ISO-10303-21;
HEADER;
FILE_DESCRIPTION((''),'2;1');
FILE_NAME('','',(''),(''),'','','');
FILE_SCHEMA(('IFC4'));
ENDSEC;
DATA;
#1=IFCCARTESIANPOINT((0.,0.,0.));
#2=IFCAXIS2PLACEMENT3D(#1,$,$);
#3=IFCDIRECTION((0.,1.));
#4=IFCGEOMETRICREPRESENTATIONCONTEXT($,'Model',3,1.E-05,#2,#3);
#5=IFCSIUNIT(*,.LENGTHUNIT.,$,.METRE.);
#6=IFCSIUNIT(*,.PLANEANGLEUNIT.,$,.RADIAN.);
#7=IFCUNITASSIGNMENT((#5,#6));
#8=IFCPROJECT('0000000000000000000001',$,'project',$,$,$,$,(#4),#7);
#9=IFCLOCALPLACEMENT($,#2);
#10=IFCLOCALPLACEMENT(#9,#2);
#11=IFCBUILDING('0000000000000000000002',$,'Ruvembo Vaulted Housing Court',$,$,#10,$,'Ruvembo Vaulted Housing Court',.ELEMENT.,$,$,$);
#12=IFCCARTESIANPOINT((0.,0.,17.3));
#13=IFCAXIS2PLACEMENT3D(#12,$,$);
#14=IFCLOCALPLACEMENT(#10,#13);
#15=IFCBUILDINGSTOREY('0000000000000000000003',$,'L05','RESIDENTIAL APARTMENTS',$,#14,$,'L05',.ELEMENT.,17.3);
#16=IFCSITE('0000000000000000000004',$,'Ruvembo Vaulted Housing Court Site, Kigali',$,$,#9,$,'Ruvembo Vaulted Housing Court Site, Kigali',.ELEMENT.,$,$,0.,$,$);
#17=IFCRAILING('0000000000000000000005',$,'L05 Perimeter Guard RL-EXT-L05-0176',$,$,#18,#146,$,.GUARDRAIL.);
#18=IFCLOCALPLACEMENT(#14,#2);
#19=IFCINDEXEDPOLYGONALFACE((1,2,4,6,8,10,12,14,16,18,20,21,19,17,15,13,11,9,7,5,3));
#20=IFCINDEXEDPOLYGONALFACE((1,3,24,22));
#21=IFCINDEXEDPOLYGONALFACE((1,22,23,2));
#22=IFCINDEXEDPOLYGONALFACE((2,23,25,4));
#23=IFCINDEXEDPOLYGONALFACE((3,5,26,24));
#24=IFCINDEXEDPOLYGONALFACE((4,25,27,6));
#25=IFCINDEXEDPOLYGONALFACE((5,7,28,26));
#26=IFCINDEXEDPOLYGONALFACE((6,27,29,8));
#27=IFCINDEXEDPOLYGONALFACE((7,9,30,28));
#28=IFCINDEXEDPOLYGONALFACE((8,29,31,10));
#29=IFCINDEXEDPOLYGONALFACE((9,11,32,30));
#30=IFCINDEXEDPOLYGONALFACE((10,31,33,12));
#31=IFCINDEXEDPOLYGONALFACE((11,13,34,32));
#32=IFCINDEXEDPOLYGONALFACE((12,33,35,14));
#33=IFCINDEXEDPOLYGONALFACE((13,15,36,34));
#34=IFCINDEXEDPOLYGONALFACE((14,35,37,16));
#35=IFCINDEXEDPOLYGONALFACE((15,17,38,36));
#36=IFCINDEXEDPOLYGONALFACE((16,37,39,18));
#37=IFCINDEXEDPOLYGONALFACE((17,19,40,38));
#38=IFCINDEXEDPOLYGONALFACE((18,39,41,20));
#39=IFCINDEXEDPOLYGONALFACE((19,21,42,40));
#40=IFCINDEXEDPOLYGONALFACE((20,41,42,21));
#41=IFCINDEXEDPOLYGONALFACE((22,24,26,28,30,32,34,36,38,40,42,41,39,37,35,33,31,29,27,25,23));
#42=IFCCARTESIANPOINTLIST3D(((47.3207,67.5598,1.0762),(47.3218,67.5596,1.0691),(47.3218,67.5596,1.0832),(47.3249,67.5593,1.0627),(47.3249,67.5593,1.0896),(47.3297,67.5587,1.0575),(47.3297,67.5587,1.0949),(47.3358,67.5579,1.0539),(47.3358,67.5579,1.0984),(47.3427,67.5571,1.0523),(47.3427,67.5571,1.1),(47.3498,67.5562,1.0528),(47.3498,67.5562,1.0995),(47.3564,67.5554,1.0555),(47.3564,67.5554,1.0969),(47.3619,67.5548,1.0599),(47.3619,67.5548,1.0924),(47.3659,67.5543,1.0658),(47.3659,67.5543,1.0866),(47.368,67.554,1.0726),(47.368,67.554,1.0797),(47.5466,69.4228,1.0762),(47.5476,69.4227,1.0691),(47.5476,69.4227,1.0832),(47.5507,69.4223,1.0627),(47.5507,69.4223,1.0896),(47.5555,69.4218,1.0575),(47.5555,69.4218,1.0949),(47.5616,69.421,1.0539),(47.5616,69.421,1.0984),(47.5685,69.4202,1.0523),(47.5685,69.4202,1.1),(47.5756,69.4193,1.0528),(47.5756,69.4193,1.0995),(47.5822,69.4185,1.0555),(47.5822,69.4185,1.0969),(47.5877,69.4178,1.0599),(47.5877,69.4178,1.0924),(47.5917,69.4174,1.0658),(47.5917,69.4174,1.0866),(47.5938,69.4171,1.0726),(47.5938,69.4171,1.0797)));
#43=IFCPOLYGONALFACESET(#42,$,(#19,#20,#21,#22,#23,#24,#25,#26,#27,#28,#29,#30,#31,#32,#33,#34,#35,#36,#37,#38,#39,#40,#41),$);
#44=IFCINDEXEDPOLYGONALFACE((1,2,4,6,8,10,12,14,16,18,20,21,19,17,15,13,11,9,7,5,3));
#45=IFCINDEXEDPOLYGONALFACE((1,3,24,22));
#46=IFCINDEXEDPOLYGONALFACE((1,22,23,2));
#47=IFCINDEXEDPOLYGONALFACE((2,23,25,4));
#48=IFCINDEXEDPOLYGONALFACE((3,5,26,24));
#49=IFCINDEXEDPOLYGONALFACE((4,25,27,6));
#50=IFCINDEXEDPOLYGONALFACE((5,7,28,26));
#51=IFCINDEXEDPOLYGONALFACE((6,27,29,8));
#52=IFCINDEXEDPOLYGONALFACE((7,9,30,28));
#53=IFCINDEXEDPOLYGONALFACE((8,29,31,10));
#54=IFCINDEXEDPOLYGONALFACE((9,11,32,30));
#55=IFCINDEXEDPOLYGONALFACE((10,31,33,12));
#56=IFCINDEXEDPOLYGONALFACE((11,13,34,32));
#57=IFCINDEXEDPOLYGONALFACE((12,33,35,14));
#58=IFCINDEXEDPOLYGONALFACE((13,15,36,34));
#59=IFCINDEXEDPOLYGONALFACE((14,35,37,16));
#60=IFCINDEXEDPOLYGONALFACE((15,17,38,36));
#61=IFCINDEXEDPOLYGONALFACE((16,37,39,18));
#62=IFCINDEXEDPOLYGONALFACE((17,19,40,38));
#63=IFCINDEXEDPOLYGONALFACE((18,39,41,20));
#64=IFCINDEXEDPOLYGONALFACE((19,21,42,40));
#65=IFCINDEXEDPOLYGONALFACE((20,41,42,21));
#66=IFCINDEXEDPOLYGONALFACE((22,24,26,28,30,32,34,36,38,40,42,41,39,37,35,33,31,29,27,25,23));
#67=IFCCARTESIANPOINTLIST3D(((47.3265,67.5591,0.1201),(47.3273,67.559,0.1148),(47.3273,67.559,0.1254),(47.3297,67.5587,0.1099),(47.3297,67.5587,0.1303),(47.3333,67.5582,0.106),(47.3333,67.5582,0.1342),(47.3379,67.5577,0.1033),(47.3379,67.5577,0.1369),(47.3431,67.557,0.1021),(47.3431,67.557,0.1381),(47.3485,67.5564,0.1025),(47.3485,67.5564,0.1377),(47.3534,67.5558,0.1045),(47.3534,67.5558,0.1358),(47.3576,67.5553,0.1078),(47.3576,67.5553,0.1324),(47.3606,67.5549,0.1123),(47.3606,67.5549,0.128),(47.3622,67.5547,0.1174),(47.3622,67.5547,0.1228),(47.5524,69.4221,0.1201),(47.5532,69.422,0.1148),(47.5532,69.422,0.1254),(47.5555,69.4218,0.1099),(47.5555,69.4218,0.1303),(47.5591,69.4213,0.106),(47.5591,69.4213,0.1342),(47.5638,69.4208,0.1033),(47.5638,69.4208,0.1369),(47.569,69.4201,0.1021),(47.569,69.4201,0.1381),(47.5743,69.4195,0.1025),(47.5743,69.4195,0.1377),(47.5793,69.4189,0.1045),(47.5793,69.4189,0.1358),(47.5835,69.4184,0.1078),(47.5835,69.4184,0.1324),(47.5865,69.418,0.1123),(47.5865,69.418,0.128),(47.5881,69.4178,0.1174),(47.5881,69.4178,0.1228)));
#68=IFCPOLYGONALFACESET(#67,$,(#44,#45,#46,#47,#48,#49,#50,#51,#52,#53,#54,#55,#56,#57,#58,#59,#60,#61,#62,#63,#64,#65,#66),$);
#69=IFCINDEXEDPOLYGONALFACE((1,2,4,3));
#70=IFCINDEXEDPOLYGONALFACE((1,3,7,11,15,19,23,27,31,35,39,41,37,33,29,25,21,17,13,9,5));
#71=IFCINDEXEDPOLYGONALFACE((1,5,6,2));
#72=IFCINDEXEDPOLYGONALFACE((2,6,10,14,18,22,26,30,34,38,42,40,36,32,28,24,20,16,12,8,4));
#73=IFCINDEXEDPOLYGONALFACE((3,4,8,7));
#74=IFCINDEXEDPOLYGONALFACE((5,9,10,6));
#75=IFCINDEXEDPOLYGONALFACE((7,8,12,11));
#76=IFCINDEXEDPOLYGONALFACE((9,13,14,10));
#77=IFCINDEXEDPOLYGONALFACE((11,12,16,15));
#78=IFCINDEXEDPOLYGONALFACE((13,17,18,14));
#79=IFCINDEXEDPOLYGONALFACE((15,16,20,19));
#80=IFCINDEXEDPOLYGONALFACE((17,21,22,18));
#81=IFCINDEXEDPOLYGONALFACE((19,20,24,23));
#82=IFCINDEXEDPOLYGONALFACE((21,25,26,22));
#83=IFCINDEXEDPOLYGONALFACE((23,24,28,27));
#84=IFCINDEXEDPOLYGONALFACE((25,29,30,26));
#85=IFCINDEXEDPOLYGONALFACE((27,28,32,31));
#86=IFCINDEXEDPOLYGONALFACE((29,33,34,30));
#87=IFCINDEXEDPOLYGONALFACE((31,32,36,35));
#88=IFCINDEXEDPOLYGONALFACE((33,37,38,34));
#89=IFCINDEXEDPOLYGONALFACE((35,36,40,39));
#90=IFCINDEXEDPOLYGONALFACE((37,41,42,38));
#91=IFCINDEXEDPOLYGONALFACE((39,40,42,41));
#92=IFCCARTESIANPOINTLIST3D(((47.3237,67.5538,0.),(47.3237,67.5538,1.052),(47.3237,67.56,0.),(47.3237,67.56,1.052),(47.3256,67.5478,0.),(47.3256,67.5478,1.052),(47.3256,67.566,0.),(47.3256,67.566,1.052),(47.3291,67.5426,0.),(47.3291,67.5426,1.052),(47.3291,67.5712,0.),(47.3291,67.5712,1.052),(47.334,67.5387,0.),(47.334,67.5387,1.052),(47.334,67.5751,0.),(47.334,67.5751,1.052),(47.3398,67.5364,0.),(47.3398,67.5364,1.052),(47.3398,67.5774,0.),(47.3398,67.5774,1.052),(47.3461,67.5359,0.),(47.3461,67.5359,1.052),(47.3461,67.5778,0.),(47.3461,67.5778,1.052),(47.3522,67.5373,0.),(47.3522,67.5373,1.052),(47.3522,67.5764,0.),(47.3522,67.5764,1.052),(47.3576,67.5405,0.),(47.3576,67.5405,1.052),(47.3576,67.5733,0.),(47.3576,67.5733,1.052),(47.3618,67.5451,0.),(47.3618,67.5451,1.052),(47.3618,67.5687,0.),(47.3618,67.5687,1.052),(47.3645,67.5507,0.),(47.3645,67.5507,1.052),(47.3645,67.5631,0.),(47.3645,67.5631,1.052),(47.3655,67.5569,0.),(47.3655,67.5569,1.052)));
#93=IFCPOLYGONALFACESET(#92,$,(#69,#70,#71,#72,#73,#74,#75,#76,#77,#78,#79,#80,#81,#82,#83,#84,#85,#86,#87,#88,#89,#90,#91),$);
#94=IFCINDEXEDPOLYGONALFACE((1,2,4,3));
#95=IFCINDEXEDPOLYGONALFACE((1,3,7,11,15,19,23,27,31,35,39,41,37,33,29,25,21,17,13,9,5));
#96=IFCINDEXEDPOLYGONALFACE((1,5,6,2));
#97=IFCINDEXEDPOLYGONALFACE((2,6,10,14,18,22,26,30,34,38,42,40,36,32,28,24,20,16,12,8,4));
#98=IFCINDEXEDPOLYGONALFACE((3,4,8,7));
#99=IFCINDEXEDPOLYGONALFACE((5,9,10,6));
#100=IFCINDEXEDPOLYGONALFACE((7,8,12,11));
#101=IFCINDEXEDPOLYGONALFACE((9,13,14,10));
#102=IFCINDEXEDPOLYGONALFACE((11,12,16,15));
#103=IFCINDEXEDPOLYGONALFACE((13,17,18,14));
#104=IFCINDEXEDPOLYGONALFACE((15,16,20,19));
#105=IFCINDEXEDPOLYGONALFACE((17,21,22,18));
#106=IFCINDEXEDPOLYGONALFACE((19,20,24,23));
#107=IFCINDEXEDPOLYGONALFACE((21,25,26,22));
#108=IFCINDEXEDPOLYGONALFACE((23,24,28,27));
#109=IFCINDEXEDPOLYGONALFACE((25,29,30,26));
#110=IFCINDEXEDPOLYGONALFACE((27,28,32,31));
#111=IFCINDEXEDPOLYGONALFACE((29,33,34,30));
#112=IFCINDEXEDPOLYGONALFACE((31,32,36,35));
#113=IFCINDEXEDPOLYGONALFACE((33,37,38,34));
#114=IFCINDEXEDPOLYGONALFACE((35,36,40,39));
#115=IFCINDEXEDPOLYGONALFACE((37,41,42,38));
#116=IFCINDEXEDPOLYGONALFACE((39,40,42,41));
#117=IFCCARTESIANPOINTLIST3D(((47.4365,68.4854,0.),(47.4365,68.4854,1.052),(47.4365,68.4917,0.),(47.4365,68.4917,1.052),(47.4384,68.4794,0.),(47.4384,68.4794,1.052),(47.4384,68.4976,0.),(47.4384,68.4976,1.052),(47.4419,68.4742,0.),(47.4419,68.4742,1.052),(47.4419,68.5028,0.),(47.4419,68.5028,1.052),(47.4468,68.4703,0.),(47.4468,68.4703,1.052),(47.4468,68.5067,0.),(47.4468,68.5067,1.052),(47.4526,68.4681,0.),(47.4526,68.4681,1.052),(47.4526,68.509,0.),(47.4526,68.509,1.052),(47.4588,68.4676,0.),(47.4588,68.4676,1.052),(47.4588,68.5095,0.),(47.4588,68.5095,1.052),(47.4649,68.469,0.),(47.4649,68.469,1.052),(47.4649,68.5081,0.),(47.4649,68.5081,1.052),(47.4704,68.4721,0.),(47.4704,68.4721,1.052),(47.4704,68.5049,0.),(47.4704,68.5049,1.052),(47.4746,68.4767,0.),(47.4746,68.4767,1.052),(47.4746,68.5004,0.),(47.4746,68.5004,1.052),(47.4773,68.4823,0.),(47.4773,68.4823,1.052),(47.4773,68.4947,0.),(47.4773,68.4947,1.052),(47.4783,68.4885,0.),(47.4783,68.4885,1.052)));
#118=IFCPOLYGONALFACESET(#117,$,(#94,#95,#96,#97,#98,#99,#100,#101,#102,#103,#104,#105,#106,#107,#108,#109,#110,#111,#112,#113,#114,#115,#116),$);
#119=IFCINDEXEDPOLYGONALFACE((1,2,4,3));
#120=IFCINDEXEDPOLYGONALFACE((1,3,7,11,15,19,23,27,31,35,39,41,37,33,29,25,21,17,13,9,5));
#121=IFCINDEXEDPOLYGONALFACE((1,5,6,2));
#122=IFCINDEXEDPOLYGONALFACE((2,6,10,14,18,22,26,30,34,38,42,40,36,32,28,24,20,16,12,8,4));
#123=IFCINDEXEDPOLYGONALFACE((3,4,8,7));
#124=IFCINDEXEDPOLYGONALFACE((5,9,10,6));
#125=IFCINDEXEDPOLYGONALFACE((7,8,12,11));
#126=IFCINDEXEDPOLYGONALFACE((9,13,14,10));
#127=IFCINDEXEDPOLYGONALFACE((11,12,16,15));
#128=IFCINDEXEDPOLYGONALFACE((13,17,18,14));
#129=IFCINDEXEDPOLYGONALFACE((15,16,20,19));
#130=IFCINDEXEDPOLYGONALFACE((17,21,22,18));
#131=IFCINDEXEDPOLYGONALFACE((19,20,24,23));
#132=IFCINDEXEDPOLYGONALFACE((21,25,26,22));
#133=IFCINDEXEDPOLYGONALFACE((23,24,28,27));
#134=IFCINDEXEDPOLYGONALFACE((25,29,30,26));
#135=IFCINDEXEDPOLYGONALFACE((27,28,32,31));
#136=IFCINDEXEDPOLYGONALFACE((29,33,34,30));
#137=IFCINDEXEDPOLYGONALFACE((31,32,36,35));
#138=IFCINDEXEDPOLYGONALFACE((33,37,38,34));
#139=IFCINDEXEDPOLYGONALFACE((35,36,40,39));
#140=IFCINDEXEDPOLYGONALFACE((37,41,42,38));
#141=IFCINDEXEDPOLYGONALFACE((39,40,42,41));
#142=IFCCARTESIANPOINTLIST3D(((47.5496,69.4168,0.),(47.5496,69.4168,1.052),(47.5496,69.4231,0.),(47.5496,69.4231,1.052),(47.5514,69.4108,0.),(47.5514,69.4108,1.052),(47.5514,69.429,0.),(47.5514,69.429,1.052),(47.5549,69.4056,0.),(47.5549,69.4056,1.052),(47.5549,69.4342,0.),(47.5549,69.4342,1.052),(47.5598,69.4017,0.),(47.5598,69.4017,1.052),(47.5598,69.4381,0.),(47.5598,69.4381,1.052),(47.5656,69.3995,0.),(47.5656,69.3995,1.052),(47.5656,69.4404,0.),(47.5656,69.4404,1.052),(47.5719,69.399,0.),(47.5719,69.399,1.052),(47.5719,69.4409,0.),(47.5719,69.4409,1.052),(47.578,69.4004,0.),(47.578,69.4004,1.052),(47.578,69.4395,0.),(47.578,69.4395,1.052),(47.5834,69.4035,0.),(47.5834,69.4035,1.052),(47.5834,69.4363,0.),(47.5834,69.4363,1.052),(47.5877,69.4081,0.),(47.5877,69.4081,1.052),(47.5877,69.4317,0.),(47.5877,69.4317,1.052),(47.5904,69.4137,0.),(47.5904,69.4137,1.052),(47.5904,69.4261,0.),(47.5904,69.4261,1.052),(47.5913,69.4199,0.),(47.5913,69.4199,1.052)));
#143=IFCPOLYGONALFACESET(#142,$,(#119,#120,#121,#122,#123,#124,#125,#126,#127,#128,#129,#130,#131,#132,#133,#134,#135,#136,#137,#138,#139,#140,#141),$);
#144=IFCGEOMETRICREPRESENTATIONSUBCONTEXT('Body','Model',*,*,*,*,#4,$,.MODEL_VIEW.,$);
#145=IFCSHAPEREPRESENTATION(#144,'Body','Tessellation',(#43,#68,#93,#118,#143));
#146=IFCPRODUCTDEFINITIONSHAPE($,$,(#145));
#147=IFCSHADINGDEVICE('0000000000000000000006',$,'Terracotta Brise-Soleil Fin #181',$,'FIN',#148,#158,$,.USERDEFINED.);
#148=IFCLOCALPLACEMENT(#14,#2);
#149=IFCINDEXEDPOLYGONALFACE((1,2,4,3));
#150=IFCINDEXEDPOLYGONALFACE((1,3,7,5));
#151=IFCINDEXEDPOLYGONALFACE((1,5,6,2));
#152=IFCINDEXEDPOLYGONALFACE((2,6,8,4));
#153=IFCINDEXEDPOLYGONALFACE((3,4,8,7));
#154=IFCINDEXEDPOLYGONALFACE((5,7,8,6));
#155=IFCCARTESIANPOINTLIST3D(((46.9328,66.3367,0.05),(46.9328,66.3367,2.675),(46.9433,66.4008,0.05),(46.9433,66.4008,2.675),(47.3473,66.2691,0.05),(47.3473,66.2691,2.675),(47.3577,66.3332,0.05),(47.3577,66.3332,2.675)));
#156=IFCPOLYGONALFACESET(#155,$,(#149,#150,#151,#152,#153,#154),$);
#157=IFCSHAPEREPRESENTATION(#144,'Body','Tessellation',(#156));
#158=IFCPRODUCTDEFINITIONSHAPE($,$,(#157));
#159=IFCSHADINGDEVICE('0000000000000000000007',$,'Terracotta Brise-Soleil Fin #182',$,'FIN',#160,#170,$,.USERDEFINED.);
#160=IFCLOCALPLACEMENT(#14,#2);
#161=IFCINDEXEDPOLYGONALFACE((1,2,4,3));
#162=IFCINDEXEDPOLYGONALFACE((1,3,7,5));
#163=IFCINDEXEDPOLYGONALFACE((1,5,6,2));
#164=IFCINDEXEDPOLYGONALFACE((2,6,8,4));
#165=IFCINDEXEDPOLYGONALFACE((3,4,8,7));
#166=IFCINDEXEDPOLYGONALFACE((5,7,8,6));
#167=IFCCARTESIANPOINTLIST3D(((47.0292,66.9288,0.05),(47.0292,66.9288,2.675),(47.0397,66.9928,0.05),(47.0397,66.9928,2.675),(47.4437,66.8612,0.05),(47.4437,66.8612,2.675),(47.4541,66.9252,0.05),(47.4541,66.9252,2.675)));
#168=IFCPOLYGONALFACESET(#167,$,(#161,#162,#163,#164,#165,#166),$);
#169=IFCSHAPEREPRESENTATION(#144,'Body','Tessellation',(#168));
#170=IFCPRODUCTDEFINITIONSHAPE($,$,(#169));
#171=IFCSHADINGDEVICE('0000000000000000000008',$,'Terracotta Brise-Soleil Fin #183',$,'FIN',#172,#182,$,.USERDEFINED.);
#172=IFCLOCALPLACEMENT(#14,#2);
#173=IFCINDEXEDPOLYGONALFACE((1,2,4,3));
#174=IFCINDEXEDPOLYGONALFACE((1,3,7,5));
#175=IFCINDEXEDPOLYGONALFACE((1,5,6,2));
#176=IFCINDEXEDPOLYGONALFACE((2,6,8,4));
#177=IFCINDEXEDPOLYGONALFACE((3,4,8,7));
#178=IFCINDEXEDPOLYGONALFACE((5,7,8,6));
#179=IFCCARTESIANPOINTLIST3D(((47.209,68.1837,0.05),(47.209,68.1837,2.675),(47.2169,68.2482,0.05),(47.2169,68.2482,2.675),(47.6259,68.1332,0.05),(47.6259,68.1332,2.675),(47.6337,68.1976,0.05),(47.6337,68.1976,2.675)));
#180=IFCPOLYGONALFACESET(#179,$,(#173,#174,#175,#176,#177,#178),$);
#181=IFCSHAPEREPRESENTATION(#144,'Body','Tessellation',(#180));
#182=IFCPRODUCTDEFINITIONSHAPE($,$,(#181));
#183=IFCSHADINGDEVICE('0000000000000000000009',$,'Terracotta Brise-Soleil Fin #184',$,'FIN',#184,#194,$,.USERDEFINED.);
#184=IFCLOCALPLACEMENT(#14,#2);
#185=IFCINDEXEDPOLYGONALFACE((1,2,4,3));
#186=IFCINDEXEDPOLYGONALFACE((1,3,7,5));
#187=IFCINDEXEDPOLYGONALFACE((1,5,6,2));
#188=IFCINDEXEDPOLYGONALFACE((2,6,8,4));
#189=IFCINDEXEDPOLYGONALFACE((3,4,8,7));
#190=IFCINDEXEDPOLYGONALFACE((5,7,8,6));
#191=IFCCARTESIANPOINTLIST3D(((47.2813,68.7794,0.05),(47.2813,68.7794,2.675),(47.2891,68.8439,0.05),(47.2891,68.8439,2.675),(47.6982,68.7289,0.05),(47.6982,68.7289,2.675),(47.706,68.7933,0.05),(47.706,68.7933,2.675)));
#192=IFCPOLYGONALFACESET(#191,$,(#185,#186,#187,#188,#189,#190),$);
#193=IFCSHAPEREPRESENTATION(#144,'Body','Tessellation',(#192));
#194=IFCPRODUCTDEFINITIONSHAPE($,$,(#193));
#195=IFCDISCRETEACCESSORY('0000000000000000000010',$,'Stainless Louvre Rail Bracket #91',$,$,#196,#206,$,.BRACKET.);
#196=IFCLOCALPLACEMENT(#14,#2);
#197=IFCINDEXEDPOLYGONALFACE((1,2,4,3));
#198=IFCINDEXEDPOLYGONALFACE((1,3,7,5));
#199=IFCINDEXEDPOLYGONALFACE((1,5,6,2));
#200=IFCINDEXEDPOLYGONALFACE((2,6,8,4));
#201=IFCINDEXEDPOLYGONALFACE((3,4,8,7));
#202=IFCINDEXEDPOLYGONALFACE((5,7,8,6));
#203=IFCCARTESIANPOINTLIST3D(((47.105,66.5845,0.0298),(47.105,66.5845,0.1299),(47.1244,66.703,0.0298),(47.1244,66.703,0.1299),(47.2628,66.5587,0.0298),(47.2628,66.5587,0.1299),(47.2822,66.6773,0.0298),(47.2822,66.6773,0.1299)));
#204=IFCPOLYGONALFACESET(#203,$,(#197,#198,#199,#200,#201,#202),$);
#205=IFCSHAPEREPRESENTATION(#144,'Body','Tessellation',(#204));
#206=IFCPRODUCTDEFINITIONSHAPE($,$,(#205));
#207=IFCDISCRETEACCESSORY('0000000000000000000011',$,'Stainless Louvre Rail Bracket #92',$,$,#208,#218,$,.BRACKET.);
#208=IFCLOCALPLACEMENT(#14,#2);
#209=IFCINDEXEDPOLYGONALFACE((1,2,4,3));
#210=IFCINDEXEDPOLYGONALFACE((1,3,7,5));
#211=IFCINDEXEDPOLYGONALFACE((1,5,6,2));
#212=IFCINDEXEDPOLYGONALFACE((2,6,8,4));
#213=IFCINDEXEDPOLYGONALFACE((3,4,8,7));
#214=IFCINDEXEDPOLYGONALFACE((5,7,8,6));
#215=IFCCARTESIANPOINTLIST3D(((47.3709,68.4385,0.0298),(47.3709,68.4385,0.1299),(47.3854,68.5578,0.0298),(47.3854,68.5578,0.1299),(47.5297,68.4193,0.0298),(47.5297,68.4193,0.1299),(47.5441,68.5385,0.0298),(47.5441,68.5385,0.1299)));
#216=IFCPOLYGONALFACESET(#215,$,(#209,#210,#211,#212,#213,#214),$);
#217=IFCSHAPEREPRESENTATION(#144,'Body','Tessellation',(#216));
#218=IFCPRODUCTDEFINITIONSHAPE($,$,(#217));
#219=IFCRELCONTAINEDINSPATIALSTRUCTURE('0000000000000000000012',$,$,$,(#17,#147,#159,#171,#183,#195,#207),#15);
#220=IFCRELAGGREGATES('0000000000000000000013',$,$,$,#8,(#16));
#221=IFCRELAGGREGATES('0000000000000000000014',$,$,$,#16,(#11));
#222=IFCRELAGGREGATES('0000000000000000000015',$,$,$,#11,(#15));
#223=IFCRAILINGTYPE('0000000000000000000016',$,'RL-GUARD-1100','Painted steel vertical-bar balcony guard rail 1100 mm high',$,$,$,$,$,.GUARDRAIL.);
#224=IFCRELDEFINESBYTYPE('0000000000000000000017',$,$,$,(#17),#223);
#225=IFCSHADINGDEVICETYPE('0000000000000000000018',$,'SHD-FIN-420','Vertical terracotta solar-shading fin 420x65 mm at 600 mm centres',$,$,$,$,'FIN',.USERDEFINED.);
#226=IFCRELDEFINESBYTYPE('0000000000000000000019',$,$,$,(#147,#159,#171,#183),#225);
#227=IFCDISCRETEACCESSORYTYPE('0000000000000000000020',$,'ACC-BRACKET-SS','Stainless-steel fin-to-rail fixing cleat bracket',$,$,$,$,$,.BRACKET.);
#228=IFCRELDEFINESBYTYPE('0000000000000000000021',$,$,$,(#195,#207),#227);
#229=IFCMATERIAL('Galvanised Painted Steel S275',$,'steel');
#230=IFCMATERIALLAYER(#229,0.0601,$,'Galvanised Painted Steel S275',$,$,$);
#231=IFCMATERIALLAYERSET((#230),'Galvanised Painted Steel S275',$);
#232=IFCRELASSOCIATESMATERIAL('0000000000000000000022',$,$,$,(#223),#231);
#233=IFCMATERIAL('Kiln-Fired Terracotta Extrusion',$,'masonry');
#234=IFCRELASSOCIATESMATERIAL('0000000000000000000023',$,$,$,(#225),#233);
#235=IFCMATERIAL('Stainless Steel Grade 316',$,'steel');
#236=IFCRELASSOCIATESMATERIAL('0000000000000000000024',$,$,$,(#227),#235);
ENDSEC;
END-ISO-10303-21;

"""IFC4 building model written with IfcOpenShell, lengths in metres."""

from ifc_helpers import new_model, si_unit, direction, frame, origin, origin_2d, place, context, subcontext, project, spatial, rectangle, circle, extrude, material, layer, layer_set, type_object, element, save


model = new_model("IFC4")

# Units and contexts
model_context = context("Model", 3, precision=1e-05, world=origin(), true_north=direction((0.0, 1.0)))
body_context = subcontext(model_context, "Body", "Model", "MODEL_VIEW")
ifc_project = project(units=[si_unit("LENGTHUNIT", "METRE"), si_unit("PLANEANGLEUNIT", "RADIAN")], contexts=[model_context])

# Site, building, storey
site_placement = place(None, origin())
site = spatial("IfcSite", under=ifc_project, at=site_placement, Name="Ruvembo Vaulted Housing Court Site, Kigali", LongName="Ruvembo Vaulted Housing Court Site, Kigali", CompositionType="ELEMENT", RefElevation=0.0)
building_placement = place(site_placement, origin())
building = spatial("IfcBuilding", under=site, at=building_placement, Name="Ruvembo Vaulted Housing Court", LongName="Ruvembo Vaulted Housing Court", CompositionType="ELEMENT")
storey_placement = place(building_placement, frame((0.0, 0.0, 17.3)))
storey = spatial("IfcBuildingStorey", under=building, at=storey_placement, Name="L05", Description="RESIDENTIAL APARTMENTS", LongName="L05", CompositionType="ELEMENT", Elevation=17.3)

# Railing
ifc_material_1 = material(Name="Galvanised Painted Steel S275", Category="steel")
ifc_layer_1 = layer(ifc_material_1, 0.0601, Name="Galvanised Painted Steel S275")
ifc_layer_set_1 = layer_set([ifc_layer_1], Name="Galvanised Painted Steel S275")
railing_type = type_object("IfcRailingType", Name="RL-GUARD-1100", Description="Painted steel vertical-bar balcony guard rail 1100 mm high", PredefinedType="GUARDRAIL", material=ifc_layer_set_1)
railing_1_placement = place(storey_placement, frame((47.3445, 67.5569, 0.0)))
element("IfcRailing", 1, at=railing_1_placement, inside=storey, type_object=railing_type, Name="L05 Perimeter Guard RL-EXT-L05-0176", PredefinedType="GUARDRAIL", context=body_context, shape_type="SweptSolid", body=[
    extrude(circle(Radius=0.0239, at=origin_2d()), frame((0.0, 0.0, 1.0762), z_axis=(0.120335, 0.992733, 0.0), x_axis=(-0.992733, 0.120335, 0.0)), (0.0, 0.0, 1.0), 1.8767),
    extrude(circle(Radius=0.0181, at=origin_2d()), frame((0.0, 0.0, 0.1201), z_axis=(0.120335, 0.992733, 0.0), x_axis=(-0.992733, 0.120335, 0.0)), (0.0, 0.0, 1.0), 1.8767),
    extrude(circle(Radius=0.021, at=origin_2d()), origin(), (0.0, 0.0, 1.0), 1.052),
    extrude(circle(Radius=0.021, at=origin_2d()), frame((0.1128, 0.9316, 0.0)), (0.0, 0.0, 1.0), 1.052),
    extrude(circle(Radius=0.021, at=origin_2d()), frame((0.2258, 1.863, 0.0)), (0.0, 0.0, 1.0), 1.052),
])

# Shading devices
ifc_material_2 = material(Name="Kiln-Fired Terracotta Extrusion", Category="masonry")
shading_device_type = type_object("IfcShadingDeviceType", Name="SHD-FIN-420", Description="Vertical terracotta solar-shading fin 420x65 mm at 600 mm centres", ElementType="FIN", PredefinedType="USERDEFINED", material=ifc_material_2)
for number, where, z_axis, x_axis, name in (
    (2, (47.1453, 66.335, 0.05), (0.0, 0.0, 1.0), (0.986957, -0.160984, 0.0), "Terracotta Brise-Soleil Fin #181"),
    (3, (47.2417, 66.927, 0.05), (0.0, 0.0, 1.0), (0.986957, -0.160984, 0.0), "Terracotta Brise-Soleil Fin #182"),
    (4, (47.4214, 68.1907, 0.05), (0.0, 0.0, 1.0), (0.992734, -0.120327, 0.0), "Terracotta Brise-Soleil Fin #183"),
    (5, (47.4937, 68.7864, 0.05), (0.0, 0.0, 1.0), (0.992734, -0.120327, 0.0), "Terracotta Brise-Soleil Fin #184"),
):
    element("IfcShadingDevice", number, at=place(storey_placement, frame(where, z_axis=z_axis, x_axis=x_axis)), inside=storey, type_object=shading_device_type, Name=name, ObjectType="FIN", PredefinedType="USERDEFINED", context=body_context, shape_type="SweptSolid", body=[
        extrude(rectangle(XDim=0.4199, YDim=0.0649, at=origin_2d()), origin(), (0.0, 0.0, 1.0), 2.625),
    ])

# Discrete accessories
ifc_material_3 = material(Name="Stainless Steel Grade 316", Category="steel")
discrete_accessory_type = type_object("IfcDiscreteAccessoryType", Name="ACC-BRACKET-SS", Description="Stainless-steel fin-to-rail fixing cleat bracket", PredefinedType="BRACKET", material=ifc_material_3)
for number, where, z_axis, x_axis, name in (
    (6, (47.1936, 66.6309, 0.0298), (0.0, 0.0, 1.0), (0.986957, -0.160984, 0.0), "Stainless Louvre Rail Bracket #91"),
    (7, (47.4575, 68.4885, 0.0298), (0.0, 0.0, 1.0), (0.992734, -0.120327, 0.0), "Stainless Louvre Rail Bracket #92"),
):
    element("IfcDiscreteAccessory", number, at=place(storey_placement, frame(where, z_axis=z_axis, x_axis=x_axis)), inside=storey, type_object=discrete_accessory_type, Name=name, PredefinedType="BRACKET", context=body_context, shape_type="SweptSolid", body=[
        extrude(rectangle(XDim=0.1599, YDim=0.1201, at=origin_2d()), origin(), (0.0, 0.0, 1.0), 0.1001),
    ])

save(model, "model.ifc")
